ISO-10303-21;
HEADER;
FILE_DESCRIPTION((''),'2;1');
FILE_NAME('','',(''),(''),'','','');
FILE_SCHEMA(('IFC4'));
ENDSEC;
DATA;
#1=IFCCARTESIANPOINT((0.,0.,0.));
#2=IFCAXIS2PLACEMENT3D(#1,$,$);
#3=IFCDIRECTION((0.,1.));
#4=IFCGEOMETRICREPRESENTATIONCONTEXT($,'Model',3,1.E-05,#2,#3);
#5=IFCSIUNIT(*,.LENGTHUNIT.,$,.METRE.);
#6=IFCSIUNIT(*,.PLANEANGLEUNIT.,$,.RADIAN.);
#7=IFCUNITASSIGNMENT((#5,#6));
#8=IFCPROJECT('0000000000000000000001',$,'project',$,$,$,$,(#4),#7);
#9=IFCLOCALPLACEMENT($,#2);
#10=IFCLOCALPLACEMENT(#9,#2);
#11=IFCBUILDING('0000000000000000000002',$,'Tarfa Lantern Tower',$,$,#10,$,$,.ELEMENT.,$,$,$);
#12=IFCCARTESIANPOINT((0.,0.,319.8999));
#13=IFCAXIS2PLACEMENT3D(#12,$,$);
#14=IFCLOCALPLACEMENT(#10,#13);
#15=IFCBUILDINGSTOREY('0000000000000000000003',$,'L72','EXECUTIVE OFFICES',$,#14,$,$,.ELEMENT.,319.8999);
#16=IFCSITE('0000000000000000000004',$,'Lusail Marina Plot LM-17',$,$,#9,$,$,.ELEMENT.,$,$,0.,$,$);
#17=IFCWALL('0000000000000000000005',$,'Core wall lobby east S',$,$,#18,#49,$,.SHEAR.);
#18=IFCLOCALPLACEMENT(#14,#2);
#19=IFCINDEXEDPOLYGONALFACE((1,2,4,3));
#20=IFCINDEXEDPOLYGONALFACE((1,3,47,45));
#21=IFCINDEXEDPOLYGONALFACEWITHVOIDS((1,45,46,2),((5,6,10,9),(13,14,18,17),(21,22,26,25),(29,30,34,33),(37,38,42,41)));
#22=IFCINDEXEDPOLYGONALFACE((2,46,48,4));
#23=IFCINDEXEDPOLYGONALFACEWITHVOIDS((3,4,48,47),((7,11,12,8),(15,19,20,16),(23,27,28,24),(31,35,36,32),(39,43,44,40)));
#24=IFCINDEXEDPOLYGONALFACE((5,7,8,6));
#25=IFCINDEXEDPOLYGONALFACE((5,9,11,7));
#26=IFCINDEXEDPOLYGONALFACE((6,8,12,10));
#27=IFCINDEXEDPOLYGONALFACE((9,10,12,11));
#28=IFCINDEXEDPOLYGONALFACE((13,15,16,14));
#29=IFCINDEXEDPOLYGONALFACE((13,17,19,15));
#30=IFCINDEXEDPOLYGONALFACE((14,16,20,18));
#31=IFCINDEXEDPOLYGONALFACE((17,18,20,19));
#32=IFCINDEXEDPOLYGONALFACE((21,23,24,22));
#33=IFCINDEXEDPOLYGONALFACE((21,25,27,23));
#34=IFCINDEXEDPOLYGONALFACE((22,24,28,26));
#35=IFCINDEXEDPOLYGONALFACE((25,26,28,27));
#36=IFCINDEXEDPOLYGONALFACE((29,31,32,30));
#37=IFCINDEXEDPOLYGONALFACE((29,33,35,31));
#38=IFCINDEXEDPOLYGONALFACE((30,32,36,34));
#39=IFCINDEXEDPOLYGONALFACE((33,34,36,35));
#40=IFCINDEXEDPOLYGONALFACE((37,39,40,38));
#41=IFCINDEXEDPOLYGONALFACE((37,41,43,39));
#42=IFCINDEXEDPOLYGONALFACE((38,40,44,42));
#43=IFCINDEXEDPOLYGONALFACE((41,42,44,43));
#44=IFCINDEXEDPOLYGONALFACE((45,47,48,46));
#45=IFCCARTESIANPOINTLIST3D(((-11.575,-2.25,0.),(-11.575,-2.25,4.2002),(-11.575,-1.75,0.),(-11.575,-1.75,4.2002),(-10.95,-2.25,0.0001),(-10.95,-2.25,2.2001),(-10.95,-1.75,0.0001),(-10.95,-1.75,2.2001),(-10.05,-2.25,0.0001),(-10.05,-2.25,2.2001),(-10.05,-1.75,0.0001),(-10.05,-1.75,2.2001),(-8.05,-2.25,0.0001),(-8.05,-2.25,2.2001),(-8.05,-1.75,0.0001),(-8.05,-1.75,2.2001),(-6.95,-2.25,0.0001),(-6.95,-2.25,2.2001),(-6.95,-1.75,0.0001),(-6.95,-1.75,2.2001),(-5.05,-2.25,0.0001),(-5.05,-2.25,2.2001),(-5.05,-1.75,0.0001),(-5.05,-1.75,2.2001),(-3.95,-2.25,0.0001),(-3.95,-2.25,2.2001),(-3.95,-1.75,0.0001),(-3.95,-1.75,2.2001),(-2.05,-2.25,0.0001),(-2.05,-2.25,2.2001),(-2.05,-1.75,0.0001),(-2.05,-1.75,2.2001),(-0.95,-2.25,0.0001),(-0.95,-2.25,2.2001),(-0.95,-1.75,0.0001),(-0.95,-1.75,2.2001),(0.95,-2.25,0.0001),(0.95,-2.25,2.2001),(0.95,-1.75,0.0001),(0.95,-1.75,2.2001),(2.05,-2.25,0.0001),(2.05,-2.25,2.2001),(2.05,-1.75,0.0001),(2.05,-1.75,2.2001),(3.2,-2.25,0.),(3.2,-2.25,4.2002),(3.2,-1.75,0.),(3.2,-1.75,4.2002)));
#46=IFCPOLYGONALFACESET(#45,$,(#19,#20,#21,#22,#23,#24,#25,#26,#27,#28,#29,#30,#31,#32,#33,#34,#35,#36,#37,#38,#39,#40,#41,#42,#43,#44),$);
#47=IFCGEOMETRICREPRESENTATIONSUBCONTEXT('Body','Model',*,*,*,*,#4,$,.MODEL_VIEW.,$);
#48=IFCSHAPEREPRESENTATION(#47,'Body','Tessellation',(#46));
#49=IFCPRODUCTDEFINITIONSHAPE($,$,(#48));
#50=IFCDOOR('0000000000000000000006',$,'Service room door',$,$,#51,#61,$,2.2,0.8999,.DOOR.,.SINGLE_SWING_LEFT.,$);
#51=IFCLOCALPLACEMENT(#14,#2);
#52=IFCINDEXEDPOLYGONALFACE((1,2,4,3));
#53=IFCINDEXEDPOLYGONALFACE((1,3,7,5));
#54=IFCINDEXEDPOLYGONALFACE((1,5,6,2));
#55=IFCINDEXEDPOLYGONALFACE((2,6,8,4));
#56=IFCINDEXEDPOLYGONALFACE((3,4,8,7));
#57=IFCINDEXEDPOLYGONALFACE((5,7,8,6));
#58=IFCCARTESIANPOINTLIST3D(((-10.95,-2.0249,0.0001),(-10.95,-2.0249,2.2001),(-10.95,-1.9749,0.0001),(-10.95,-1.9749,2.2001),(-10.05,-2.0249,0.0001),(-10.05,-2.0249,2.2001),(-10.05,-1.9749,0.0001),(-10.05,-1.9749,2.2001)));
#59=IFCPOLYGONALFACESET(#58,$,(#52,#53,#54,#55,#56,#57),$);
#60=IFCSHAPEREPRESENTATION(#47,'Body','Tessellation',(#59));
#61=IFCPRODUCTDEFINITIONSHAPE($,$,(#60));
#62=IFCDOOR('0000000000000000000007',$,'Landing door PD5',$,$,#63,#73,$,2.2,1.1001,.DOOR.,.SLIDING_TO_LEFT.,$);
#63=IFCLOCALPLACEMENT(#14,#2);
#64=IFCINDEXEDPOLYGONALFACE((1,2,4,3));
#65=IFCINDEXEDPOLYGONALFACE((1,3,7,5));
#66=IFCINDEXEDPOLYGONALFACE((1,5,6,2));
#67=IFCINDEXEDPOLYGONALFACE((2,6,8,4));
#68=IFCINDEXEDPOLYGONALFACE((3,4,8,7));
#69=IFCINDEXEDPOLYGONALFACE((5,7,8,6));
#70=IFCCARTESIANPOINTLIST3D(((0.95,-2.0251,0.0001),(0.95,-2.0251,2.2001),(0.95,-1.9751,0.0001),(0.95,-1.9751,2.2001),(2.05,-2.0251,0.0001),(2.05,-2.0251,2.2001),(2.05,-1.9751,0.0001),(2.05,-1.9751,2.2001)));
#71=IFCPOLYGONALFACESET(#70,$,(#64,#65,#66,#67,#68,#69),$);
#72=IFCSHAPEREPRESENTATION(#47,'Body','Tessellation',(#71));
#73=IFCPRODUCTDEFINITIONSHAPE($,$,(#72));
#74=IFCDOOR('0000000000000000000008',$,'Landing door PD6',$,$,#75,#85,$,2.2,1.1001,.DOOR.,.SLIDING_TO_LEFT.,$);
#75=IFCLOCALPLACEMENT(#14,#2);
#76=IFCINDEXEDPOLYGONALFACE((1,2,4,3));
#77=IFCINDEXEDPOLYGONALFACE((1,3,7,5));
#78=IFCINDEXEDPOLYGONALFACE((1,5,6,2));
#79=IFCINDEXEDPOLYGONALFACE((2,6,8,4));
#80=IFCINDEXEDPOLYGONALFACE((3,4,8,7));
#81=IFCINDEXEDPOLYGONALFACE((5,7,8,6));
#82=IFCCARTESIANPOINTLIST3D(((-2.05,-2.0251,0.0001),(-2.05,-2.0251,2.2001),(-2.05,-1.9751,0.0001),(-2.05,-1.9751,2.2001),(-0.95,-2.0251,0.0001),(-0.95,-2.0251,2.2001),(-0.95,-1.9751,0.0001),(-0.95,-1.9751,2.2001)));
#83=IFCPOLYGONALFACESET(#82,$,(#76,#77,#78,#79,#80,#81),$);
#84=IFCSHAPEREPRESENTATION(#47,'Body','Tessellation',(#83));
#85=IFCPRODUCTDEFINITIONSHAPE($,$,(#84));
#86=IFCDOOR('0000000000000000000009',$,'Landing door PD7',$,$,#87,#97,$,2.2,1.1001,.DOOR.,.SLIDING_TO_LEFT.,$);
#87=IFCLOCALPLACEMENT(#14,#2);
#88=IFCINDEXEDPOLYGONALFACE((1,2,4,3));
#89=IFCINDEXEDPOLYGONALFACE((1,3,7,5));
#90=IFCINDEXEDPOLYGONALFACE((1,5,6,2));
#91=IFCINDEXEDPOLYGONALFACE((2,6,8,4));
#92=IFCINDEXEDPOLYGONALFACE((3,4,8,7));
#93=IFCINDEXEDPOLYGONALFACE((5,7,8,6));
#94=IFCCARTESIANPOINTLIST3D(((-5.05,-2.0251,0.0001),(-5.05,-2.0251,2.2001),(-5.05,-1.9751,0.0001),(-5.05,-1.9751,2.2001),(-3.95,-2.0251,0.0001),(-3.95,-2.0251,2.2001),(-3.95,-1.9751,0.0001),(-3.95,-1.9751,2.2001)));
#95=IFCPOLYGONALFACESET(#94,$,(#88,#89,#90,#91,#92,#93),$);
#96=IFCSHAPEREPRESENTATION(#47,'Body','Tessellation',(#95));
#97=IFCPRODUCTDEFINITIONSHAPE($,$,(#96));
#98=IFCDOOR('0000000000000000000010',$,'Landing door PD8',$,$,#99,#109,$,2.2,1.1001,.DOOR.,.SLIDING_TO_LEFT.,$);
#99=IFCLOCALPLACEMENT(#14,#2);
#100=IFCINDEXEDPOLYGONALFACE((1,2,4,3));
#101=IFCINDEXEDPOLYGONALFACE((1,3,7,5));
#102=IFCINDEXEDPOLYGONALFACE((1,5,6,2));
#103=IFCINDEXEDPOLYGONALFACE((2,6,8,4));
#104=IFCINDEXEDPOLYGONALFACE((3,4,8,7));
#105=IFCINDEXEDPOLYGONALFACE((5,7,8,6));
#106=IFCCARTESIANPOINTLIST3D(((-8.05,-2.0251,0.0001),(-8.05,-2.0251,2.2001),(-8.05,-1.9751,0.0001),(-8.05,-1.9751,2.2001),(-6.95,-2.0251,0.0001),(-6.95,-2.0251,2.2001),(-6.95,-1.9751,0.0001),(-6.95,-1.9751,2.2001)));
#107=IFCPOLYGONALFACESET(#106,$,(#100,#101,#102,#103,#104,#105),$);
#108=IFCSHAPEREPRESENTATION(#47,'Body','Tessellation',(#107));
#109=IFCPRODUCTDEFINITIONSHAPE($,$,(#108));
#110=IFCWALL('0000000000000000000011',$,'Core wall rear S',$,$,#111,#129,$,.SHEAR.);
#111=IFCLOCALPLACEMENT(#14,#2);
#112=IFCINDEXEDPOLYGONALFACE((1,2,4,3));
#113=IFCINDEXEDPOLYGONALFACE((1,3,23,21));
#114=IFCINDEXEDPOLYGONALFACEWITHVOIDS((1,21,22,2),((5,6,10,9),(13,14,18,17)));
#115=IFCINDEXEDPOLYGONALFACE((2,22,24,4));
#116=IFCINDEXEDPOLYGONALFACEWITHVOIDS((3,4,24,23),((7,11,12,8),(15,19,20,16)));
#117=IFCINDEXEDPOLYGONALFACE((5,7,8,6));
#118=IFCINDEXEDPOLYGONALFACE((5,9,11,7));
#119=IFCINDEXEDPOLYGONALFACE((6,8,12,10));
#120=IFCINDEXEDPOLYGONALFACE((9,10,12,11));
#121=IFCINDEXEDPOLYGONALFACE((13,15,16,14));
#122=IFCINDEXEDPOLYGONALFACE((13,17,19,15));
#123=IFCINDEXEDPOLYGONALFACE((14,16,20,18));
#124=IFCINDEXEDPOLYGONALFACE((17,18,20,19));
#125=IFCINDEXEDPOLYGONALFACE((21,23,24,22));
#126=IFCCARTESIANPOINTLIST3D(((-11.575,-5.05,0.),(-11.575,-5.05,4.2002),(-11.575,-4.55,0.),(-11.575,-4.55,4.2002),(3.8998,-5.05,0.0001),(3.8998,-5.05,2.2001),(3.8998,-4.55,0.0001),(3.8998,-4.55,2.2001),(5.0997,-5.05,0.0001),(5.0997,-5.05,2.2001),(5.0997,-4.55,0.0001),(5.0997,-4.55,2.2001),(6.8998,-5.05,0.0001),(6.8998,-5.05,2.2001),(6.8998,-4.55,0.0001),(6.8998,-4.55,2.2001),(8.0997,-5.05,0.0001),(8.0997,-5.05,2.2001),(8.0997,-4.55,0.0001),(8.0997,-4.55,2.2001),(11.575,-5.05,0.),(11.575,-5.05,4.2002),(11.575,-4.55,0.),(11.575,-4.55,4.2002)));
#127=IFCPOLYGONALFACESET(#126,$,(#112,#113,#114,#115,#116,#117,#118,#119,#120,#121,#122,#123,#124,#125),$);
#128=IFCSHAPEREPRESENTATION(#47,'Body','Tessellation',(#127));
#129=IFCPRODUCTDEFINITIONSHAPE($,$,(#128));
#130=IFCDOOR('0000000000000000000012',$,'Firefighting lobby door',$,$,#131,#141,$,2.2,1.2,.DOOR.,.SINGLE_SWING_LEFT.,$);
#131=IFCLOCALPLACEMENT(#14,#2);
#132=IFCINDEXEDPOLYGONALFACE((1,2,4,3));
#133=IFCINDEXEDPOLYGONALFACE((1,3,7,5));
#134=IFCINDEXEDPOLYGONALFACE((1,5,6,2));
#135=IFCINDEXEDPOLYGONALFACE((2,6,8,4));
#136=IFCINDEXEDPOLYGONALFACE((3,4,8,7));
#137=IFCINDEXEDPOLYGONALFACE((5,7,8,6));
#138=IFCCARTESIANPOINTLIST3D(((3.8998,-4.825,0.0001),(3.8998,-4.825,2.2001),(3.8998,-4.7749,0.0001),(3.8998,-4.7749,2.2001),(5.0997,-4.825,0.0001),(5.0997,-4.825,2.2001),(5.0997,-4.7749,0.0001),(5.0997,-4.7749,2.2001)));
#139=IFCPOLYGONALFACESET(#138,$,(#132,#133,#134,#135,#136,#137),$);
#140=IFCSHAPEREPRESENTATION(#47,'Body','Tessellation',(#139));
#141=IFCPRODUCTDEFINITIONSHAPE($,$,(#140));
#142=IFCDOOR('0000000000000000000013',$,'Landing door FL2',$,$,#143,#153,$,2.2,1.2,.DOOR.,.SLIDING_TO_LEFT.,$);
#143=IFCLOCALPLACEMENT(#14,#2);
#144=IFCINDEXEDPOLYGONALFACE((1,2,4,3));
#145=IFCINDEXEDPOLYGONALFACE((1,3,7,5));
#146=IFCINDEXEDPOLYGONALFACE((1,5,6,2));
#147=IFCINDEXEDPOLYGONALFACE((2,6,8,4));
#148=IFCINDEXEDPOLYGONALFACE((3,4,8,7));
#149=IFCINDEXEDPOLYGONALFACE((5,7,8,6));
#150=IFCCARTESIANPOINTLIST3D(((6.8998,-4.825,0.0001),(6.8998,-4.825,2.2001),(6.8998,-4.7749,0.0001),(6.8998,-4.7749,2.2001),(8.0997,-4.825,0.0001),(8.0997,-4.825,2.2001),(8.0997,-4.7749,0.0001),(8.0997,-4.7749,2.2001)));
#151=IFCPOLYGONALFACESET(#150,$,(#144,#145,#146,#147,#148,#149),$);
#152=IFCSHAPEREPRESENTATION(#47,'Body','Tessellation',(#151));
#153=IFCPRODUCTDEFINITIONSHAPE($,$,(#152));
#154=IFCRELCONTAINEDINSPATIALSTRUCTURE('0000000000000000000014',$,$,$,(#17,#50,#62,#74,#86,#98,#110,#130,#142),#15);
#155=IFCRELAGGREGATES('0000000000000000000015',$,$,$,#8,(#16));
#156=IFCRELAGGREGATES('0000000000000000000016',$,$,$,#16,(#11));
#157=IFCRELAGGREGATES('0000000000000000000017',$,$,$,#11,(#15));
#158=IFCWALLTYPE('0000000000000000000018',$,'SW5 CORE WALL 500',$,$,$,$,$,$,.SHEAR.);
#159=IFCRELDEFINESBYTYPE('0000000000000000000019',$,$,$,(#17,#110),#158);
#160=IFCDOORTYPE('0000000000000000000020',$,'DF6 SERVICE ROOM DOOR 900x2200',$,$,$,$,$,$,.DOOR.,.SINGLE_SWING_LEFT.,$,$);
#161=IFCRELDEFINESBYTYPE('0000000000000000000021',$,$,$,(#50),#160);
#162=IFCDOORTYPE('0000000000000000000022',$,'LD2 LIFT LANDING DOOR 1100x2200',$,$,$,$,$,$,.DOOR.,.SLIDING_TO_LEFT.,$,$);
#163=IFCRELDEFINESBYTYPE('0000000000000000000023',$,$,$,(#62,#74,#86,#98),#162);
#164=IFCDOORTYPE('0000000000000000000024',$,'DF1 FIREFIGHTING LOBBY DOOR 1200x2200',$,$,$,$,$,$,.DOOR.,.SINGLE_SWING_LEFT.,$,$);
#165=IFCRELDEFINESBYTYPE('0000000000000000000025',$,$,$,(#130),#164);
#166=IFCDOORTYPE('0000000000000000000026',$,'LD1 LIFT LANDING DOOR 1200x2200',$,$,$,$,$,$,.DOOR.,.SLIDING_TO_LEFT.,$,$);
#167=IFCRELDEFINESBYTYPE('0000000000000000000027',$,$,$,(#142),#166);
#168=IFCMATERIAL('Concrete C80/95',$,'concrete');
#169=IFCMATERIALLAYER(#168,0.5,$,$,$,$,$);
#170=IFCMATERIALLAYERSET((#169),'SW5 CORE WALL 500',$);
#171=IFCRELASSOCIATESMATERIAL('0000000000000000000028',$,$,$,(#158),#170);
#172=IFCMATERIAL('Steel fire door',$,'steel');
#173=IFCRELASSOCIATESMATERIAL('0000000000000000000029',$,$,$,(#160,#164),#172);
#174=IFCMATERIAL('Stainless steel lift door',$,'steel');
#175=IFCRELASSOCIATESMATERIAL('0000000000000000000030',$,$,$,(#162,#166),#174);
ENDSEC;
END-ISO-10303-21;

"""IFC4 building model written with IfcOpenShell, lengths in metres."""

from ifc_helpers import new_model, si_unit, direction, frame, frame_2d, origin, place, context, subcontext, project, spatial, rectangle, extrude, material, layer, layer_set, type_object, element, fill, save


model = new_model("IFC4")

# Units and contexts
model_context = context("Model", 3, precision=1e-05, world=origin(), true_north=direction((0.0, 1.0)))
body_context = subcontext(model_context, "Body", "Model", "MODEL_VIEW")
ifc_project = project(units=[si_unit("LENGTHUNIT", "METRE"), si_unit("PLANEANGLEUNIT", "RADIAN")], contexts=[model_context])

# Site, building, storey
site_placement = place(None, origin())
site = spatial("IfcSite", under=ifc_project, at=site_placement, Name="Lusail Marina Plot LM-17", CompositionType="ELEMENT", RefElevation=0.0)
building_placement = place(site_placement, origin())
building = spatial("IfcBuilding", under=site, at=building_placement, Name="Tarfa Lantern Tower", CompositionType="ELEMENT")
storey_placement = place(building_placement, frame((0.0, 0.0, 319.8999)))
storey = spatial("IfcBuildingStorey", under=building, at=storey_placement, Name="L72", Description="EXECUTIVE OFFICES", CompositionType="ELEMENT", Elevation=319.8999)

# Shared definitions
ifc_material_1 = material(Name="Concrete C80/95", Category="concrete")

# Shared definitions
ifc_material_2 = material(Name="Steel fire door", Category="steel")

# Walls, openings, doors
ifc_layer_1 = layer(ifc_material_1, 0.5)
ifc_layer_set_1 = layer_set([ifc_layer_1], Name="SW5 CORE WALL 500")
wall_type_1 = type_object("IfcWallType", Name="SW5 CORE WALL 500", PredefinedType="SHEAR", material=ifc_layer_set_1)
wall_1_placement = place(storey_placement, frame((3.2, -2.0, 0.0), z_axis=(0.0, 0.0, 1.0), x_axis=(-1.0, 0.0, 0.0)))
wall_1 = element("IfcWall", 1, at=wall_1_placement, inside=storey, type_object=wall_type_1, Name="Core wall lobby east S", PredefinedType="SHEAR", context=body_context, shape_type="SweptSolid", body=[
    extrude(rectangle(XDim=14.7749, YDim=0.5, at=frame_2d((7.3875, 0.0))), origin(), (0.0, 0.0, 1.0), 4.2002),
])
opening_1_placement = place(wall_1_placement, frame((13.25, 0.0, 0.0)))
opening_1 = element("IfcOpeningElement", 2, at=opening_1_placement, cuts=wall_1, PredefinedType="OPENING", context=body_context, shape_type="SweptSolid", body=[
    extrude(rectangle(XDim=0.8999, YDim=2.2, at=frame_2d((0.45, 1.1001))), frame((0.0, 0.26, 0.0), z_axis=(0.0, -1.0, 0.0), x_axis=(1.0, 0.0, 0.0)), (0.0, 0.0, 1.0), 0.52),
])
opening_2_placement = place(wall_1_placement, frame((1.1499, 0.0, 0.0)))
opening_2 = element("IfcOpeningElement", 3, at=opening_2_placement, cuts=wall_1, PredefinedType="OPENING", context=body_context, shape_type="SweptSolid", body=[
    extrude(rectangle(XDim=1.1001, YDim=2.2, at=frame_2d((0.55, 1.1001))), frame((0.0, 0.26, 0.0), z_axis=(0.0, -1.0, 0.0), x_axis=(1.0, 0.0, 0.0)), (0.0, 0.0, 1.0), 0.52),
])
opening_3_placement = place(wall_1_placement, frame((4.1499, 0.0, 0.0)))
opening_3 = element("IfcOpeningElement", 4, at=opening_3_placement, cuts=wall_1, PredefinedType="OPENING", context=body_context, shape_type="SweptSolid", body=[
    extrude(rectangle(XDim=1.1001, YDim=2.2, at=frame_2d((0.55, 1.1001))), frame((0.0, 0.26, 0.0), z_axis=(0.0, -1.0, 0.0), x_axis=(1.0, 0.0, 0.0)), (0.0, 0.0, 1.0), 0.52),
])
opening_4_placement = place(wall_1_placement, frame((7.1499, 0.0, 0.0)))
opening_4 = element("IfcOpeningElement", 5, at=opening_4_placement, cuts=wall_1, PredefinedType="OPENING", context=body_context, shape_type="SweptSolid", body=[
    extrude(rectangle(XDim=1.1001, YDim=2.2, at=frame_2d((0.55, 1.1001))), frame((0.0, 0.26, 0.0), z_axis=(0.0, -1.0, 0.0), x_axis=(1.0, 0.0, 0.0)), (0.0, 0.0, 1.0), 0.52),
])
opening_5_placement = place(wall_1_placement, frame((10.1499, 0.0, 0.0)))
opening_5 = element("IfcOpeningElement", 6, at=opening_5_placement, cuts=wall_1, PredefinedType="OPENING", context=body_context, shape_type="SweptSolid", body=[
    extrude(rectangle(XDim=1.1001, YDim=2.2, at=frame_2d((0.55, 1.1001))), frame((0.0, 0.26, 0.0), z_axis=(0.0, -1.0, 0.0), x_axis=(1.0, 0.0, 0.0)), (0.0, 0.0, 1.0), 0.52),
])
door_type_1 = type_object("IfcDoorType", Name="DF6 SERVICE ROOM DOOR 900x2200", OperationType="SINGLE_SWING_LEFT", PredefinedType="DOOR", material=ifc_material_2)
door_1_placement = place(opening_1_placement, origin())
door_1 = element("IfcDoor", 7, at=door_1_placement, inside=storey, type_object=door_type_1, Name="Service room door", OperationType="SINGLE_SWING_LEFT", OverallHeight=2.2, OverallWidth=0.8999, PredefinedType="DOOR", context=body_context, shape_type="SweptSolid", body=[
    extrude(rectangle(XDim=0.8999, YDim=2.2, at=frame_2d((0.45, 1.1001))), frame((0.0, 0.0249, 0.0), z_axis=(0.0, -1.0, 0.0), x_axis=(1.0, 0.0, 0.0)), (0.0, 0.0, 1.0), 0.05),
])
fill(opening_1, door_1)
ifc_material_3 = material(Name="Stainless steel lift door", Category="steel")
door_type_2 = type_object("IfcDoorType", Name="LD2 LIFT LANDING DOOR 1100x2200", OperationType="SLIDING_TO_LEFT", PredefinedType="DOOR", material=ifc_material_3)
door_2_placement = place(opening_2_placement, frame((1.1001, 0.0, 0.0), z_axis=(0.0, 0.0, 1.0), x_axis=(-1.0, 0.0, 0.0)))
door_2 = element("IfcDoor", 8, at=door_2_placement, inside=storey, type_object=door_type_2, Name="Landing door PD5", OperationType="SLIDING_TO_LEFT", OverallHeight=2.2, OverallWidth=1.1001, PredefinedType="DOOR", context=body_context, shape_type="SweptSolid", body=[
    extrude(rectangle(XDim=1.1001, YDim=2.2, at=frame_2d((0.55, 1.1001))), frame((0.0, 0.0249, 0.0), z_axis=(0.0, -1.0, 0.0), x_axis=(1.0, 0.0, 0.0)), (0.0, 0.0, 1.0), 0.05),
])
fill(opening_2, door_2)
door_3_placement = place(opening_3_placement, frame((1.1001, 0.0, 0.0), z_axis=(0.0, 0.0, 1.0), x_axis=(-1.0, 0.0, 0.0)))
door_3 = element("IfcDoor", 9, at=door_3_placement, inside=storey, type_object=door_type_2, Name="Landing door PD6", OperationType="SLIDING_TO_LEFT", OverallHeight=2.2, OverallWidth=1.1001, PredefinedType="DOOR", context=body_context, shape_type="SweptSolid", body=[
    extrude(rectangle(XDim=1.1001, YDim=2.2, at=frame_2d((0.55, 1.1001))), frame((0.0, 0.0249, 0.0), z_axis=(0.0, -1.0, 0.0), x_axis=(1.0, 0.0, 0.0)), (0.0, 0.0, 1.0), 0.05),
])
fill(opening_3, door_3)
door_4_placement = place(opening_4_placement, frame((1.1001, 0.0, 0.0), z_axis=(0.0, 0.0, 1.0), x_axis=(-1.0, 0.0, 0.0)))
door_4 = element("IfcDoor", 10, at=door_4_placement, inside=storey, type_object=door_type_2, Name="Landing door PD7", OperationType="SLIDING_TO_LEFT", OverallHeight=2.2, OverallWidth=1.1001, PredefinedType="DOOR", context=body_context, shape_type="SweptSolid", body=[
    extrude(rectangle(XDim=1.1001, YDim=2.2, at=frame_2d((0.55, 1.1001))), frame((0.0, 0.0249, 0.0), z_axis=(0.0, -1.0, 0.0), x_axis=(1.0, 0.0, 0.0)), (0.0, 0.0, 1.0), 0.05),
])
fill(opening_4, door_4)
door_5_placement = place(opening_5_placement, frame((1.1001, 0.0, 0.0), z_axis=(0.0, 0.0, 1.0), x_axis=(-1.0, 0.0, 0.0)))
door_5 = element("IfcDoor", 11, at=door_5_placement, inside=storey, type_object=door_type_2, Name="Landing door PD8", OperationType="SLIDING_TO_LEFT", OverallHeight=2.2, OverallWidth=1.1001, PredefinedType="DOOR", context=body_context, shape_type="SweptSolid", body=[
    extrude(rectangle(XDim=1.1001, YDim=2.2, at=frame_2d((0.55, 1.1001))), frame((0.0, 0.0249, 0.0), z_axis=(0.0, -1.0, 0.0), x_axis=(1.0, 0.0, 0.0)), (0.0, 0.0, 1.0), 0.05),
])
fill(opening_5, door_5)
wall_2_placement = place(storey_placement, frame((11.575, -4.8, 0.0), z_axis=(0.0, 0.0, 1.0), x_axis=(-1.0, 0.0, 0.0)))
wall_2 = element("IfcWall", 12, at=wall_2_placement, inside=storey, type_object=wall_type_1, Name="Core wall rear S", PredefinedType="SHEAR", context=body_context, shape_type="SweptSolid", body=[
    extrude(rectangle(XDim=23.1499, YDim=0.5, at=frame_2d((11.575, 0.0))), origin(), (0.0, 0.0, 1.0), 4.2002),
])
opening_6_placement = place(wall_2_placement, frame((6.4751, 0.0, 0.0)))
opening_6 = element("IfcOpeningElement", 13, at=opening_6_placement, cuts=wall_2, PredefinedType="OPENING", context=body_context, shape_type="SweptSolid", body=[
    extrude(rectangle(XDim=1.2, YDim=2.2, at=frame_2d((0.6001, 1.1001))), frame((0.0, 0.26, 0.0), z_axis=(0.0, -1.0, 0.0), x_axis=(1.0, 0.0, 0.0)), (0.0, 0.0, 1.0), 0.52),
])
opening_7_placement = place(wall_2_placement, frame((3.4751, 0.0, 0.0)))
opening_7 = element("IfcOpeningElement", 14, at=opening_7_placement, cuts=wall_2, PredefinedType="OPENING", context=body_context, shape_type="SweptSolid", body=[
    extrude(rectangle(XDim=1.2, YDim=2.2, at=frame_2d((0.6001, 1.1001))), frame((0.0, 0.26, 0.0), z_axis=(0.0, -1.0, 0.0), x_axis=(1.0, 0.0, 0.0)), (0.0, 0.0, 1.0), 0.52),
])
door_type_3 = type_object("IfcDoorType", Name="DF1 FIREFIGHTING LOBBY DOOR 1200x2200", OperationType="SINGLE_SWING_LEFT", PredefinedType="DOOR", material=ifc_material_2)
door_6_placement = place(opening_6_placement, origin())
door_6 = element("IfcDoor", 15, at=door_6_placement, inside=storey, type_object=door_type_3, Name="Firefighting lobby door", OperationType="SINGLE_SWING_LEFT", OverallHeight=2.2, OverallWidth=1.2, PredefinedType="DOOR", context=body_context, shape_type="SweptSolid", body=[
    extrude(rectangle(XDim=1.2, YDim=2.2, at=frame_2d((0.6001, 1.1001))), frame((0.0, 0.0249, 0.0), z_axis=(0.0, -1.0, 0.0), x_axis=(1.0, 0.0, 0.0)), (0.0, 0.0, 1.0), 0.05),
])
fill(opening_6, door_6)
door_type_4 = type_object("IfcDoorType", Name="LD1 LIFT LANDING DOOR 1200x2200", OperationType="SLIDING_TO_LEFT", PredefinedType="DOOR", material=ifc_material_3)
door_7_placement = place(opening_7_placement, origin())
door_7 = element("IfcDoor", 16, at=door_7_placement, inside=storey, type_object=door_type_4, Name="Landing door FL2", OperationType="SLIDING_TO_LEFT", OverallHeight=2.2, OverallWidth=1.2, PredefinedType="DOOR", context=body_context, shape_type="SweptSolid", body=[
    extrude(rectangle(XDim=1.2, YDim=2.2, at=frame_2d((0.6001, 1.1001))), frame((0.0, 0.0249, 0.0), z_axis=(0.0, -1.0, 0.0), x_axis=(1.0, 0.0, 0.0)), (0.0, 0.0, 1.0), 0.05),
])
fill(opening_7, door_7)

save(model, "model.ifc")
